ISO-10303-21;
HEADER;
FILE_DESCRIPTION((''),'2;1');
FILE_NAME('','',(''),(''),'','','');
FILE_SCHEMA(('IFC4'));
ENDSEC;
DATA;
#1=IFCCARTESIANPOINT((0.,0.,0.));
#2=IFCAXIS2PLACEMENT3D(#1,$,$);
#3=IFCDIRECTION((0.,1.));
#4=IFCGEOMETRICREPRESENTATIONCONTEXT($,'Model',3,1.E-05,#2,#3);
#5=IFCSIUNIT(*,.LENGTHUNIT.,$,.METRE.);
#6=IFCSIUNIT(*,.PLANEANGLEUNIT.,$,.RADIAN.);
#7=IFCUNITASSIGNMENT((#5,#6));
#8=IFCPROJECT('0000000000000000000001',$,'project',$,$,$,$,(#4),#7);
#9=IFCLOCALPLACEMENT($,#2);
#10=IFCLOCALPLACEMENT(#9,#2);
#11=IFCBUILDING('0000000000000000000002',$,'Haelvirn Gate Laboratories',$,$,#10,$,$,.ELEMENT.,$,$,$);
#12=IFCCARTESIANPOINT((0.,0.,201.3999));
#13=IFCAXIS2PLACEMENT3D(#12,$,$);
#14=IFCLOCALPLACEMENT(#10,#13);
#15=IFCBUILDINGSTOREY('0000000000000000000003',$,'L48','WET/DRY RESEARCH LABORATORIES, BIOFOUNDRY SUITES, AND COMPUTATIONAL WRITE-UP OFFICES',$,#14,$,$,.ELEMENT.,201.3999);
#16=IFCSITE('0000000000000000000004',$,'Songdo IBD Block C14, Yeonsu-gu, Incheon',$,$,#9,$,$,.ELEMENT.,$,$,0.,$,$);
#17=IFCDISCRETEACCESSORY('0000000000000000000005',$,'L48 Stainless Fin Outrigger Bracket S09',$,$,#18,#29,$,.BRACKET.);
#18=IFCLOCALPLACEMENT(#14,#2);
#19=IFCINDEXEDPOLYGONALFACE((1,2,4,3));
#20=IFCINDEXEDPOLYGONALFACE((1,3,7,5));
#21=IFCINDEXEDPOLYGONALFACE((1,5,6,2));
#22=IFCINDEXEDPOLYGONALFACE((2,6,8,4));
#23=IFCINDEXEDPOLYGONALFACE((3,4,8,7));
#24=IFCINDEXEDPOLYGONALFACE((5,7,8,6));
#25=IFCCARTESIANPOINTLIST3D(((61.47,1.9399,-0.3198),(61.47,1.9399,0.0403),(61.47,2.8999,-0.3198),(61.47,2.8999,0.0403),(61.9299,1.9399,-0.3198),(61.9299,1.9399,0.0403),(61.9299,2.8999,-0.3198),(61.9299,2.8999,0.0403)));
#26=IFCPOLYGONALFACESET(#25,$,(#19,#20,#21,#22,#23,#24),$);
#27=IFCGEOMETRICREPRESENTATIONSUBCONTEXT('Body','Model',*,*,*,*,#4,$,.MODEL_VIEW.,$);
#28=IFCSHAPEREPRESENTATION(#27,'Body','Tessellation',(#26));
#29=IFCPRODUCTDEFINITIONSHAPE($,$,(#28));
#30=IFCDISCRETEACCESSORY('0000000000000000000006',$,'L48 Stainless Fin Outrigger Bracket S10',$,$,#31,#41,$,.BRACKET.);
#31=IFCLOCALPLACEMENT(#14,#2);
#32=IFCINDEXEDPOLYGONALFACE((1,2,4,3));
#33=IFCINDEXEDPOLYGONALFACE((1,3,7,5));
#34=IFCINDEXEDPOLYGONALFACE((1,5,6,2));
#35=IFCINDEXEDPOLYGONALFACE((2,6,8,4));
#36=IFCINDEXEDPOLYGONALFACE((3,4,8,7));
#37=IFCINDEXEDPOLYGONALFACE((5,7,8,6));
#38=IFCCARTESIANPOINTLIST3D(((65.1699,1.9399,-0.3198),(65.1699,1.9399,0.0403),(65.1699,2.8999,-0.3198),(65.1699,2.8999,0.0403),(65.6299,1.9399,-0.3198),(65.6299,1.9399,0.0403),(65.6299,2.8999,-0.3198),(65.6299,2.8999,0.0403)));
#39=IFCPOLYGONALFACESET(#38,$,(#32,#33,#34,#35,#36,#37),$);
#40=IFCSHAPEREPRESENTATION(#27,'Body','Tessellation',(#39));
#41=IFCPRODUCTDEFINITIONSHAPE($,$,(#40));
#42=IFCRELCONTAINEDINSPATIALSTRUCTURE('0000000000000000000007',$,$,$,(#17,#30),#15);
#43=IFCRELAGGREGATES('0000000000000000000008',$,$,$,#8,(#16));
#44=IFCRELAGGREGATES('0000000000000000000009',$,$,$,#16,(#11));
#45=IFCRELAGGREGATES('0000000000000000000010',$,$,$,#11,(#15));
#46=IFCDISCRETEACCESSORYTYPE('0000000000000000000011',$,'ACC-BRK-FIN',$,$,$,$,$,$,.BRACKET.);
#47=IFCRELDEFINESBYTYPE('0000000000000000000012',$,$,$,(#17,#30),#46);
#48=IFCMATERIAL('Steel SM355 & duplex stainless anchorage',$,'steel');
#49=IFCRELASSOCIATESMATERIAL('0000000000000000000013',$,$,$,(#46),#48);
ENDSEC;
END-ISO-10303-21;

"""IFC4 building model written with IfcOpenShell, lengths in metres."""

from ifc_helpers import new_model, si_unit, direction, frame, origin, origin_2d, place, context, subcontext, project, spatial, rectangle, extrude, source, transform, mapped, material, type_object, type_shapes, element, save


model = new_model("IFC4")

# Units and contexts
model_context = context("Model", 3, precision=1e-05, world=origin(), true_north=direction((0.0, 1.0)))
body_context = subcontext(model_context, "Body", "Model", "MODEL_VIEW")
ifc_project = project(units=[si_unit("LENGTHUNIT", "METRE"), si_unit("PLANEANGLEUNIT", "RADIAN")], contexts=[model_context])

# Site, building, storey
site_placement = place(None, origin())
site = spatial("IfcSite", under=ifc_project, at=site_placement, Name="Songdo IBD Block C14, Yeonsu-gu, Incheon", CompositionType="ELEMENT", RefElevation=0.0)
building_placement = place(site_placement, origin())
building = spatial("IfcBuilding", under=site, at=building_placement, Name="Haelvirn Gate Laboratories", CompositionType="ELEMENT")
storey_placement = place(building_placement, frame((0.0, 0.0, 201.3999)))
storey = spatial("IfcBuildingStorey", under=building, at=storey_placement, Name="L48", Description="WET/DRY RESEARCH LABORATORIES, BIOFOUNDRY SUITES, AND COMPUTATIONAL WRITE-UP OFFICES", CompositionType="ELEMENT", Elevation=201.3999)

# Discrete accessories
ifc_material_1 = material(Name="Steel SM355 & duplex stainless anchorage", Category="steel")
discrete_accessory_type = type_object("IfcDiscreteAccessoryType", Name="ACC-BRK-FIN", PredefinedType="BRACKET", material=ifc_material_1)
shared_shape_1 = source(origin(), body_context, "Body", "SweptSolid", [
    extrude(rectangle(XDim=0.46, YDim=0.96, at=origin_2d()), origin(), (0.0, 0.0, 1.0), 0.3601),
])
type_shapes(discrete_accessory_type, [shared_shape_1])
for number, where, z_axis, x_axis, name in (
    (1, (61.7, 2.4199, -0.3198), (0.0, 0.0, 1.0), (1.0, 0.0, 0.0), "L48 Stainless Fin Outrigger Bracket S09"),
    (2, (65.3999, 2.4199, -0.3198), (0.0, 0.0, 1.0), (1.0, 0.0, 0.0), "L48 Stainless Fin Outrigger Bracket S10"),
):
    element("IfcDiscreteAccessory", number, at=place(storey_placement, frame(where, z_axis=z_axis, x_axis=x_axis)), inside=storey, type_object=discrete_accessory_type, Name=name, PredefinedType="BRACKET", context=body_context, shape_type="MappedRepresentation", body=[
        mapped(shared_shape_1, transform((0.0, 0.0, 0.0), scale=1.0)),
    ])

save(model, "model.ifc")
